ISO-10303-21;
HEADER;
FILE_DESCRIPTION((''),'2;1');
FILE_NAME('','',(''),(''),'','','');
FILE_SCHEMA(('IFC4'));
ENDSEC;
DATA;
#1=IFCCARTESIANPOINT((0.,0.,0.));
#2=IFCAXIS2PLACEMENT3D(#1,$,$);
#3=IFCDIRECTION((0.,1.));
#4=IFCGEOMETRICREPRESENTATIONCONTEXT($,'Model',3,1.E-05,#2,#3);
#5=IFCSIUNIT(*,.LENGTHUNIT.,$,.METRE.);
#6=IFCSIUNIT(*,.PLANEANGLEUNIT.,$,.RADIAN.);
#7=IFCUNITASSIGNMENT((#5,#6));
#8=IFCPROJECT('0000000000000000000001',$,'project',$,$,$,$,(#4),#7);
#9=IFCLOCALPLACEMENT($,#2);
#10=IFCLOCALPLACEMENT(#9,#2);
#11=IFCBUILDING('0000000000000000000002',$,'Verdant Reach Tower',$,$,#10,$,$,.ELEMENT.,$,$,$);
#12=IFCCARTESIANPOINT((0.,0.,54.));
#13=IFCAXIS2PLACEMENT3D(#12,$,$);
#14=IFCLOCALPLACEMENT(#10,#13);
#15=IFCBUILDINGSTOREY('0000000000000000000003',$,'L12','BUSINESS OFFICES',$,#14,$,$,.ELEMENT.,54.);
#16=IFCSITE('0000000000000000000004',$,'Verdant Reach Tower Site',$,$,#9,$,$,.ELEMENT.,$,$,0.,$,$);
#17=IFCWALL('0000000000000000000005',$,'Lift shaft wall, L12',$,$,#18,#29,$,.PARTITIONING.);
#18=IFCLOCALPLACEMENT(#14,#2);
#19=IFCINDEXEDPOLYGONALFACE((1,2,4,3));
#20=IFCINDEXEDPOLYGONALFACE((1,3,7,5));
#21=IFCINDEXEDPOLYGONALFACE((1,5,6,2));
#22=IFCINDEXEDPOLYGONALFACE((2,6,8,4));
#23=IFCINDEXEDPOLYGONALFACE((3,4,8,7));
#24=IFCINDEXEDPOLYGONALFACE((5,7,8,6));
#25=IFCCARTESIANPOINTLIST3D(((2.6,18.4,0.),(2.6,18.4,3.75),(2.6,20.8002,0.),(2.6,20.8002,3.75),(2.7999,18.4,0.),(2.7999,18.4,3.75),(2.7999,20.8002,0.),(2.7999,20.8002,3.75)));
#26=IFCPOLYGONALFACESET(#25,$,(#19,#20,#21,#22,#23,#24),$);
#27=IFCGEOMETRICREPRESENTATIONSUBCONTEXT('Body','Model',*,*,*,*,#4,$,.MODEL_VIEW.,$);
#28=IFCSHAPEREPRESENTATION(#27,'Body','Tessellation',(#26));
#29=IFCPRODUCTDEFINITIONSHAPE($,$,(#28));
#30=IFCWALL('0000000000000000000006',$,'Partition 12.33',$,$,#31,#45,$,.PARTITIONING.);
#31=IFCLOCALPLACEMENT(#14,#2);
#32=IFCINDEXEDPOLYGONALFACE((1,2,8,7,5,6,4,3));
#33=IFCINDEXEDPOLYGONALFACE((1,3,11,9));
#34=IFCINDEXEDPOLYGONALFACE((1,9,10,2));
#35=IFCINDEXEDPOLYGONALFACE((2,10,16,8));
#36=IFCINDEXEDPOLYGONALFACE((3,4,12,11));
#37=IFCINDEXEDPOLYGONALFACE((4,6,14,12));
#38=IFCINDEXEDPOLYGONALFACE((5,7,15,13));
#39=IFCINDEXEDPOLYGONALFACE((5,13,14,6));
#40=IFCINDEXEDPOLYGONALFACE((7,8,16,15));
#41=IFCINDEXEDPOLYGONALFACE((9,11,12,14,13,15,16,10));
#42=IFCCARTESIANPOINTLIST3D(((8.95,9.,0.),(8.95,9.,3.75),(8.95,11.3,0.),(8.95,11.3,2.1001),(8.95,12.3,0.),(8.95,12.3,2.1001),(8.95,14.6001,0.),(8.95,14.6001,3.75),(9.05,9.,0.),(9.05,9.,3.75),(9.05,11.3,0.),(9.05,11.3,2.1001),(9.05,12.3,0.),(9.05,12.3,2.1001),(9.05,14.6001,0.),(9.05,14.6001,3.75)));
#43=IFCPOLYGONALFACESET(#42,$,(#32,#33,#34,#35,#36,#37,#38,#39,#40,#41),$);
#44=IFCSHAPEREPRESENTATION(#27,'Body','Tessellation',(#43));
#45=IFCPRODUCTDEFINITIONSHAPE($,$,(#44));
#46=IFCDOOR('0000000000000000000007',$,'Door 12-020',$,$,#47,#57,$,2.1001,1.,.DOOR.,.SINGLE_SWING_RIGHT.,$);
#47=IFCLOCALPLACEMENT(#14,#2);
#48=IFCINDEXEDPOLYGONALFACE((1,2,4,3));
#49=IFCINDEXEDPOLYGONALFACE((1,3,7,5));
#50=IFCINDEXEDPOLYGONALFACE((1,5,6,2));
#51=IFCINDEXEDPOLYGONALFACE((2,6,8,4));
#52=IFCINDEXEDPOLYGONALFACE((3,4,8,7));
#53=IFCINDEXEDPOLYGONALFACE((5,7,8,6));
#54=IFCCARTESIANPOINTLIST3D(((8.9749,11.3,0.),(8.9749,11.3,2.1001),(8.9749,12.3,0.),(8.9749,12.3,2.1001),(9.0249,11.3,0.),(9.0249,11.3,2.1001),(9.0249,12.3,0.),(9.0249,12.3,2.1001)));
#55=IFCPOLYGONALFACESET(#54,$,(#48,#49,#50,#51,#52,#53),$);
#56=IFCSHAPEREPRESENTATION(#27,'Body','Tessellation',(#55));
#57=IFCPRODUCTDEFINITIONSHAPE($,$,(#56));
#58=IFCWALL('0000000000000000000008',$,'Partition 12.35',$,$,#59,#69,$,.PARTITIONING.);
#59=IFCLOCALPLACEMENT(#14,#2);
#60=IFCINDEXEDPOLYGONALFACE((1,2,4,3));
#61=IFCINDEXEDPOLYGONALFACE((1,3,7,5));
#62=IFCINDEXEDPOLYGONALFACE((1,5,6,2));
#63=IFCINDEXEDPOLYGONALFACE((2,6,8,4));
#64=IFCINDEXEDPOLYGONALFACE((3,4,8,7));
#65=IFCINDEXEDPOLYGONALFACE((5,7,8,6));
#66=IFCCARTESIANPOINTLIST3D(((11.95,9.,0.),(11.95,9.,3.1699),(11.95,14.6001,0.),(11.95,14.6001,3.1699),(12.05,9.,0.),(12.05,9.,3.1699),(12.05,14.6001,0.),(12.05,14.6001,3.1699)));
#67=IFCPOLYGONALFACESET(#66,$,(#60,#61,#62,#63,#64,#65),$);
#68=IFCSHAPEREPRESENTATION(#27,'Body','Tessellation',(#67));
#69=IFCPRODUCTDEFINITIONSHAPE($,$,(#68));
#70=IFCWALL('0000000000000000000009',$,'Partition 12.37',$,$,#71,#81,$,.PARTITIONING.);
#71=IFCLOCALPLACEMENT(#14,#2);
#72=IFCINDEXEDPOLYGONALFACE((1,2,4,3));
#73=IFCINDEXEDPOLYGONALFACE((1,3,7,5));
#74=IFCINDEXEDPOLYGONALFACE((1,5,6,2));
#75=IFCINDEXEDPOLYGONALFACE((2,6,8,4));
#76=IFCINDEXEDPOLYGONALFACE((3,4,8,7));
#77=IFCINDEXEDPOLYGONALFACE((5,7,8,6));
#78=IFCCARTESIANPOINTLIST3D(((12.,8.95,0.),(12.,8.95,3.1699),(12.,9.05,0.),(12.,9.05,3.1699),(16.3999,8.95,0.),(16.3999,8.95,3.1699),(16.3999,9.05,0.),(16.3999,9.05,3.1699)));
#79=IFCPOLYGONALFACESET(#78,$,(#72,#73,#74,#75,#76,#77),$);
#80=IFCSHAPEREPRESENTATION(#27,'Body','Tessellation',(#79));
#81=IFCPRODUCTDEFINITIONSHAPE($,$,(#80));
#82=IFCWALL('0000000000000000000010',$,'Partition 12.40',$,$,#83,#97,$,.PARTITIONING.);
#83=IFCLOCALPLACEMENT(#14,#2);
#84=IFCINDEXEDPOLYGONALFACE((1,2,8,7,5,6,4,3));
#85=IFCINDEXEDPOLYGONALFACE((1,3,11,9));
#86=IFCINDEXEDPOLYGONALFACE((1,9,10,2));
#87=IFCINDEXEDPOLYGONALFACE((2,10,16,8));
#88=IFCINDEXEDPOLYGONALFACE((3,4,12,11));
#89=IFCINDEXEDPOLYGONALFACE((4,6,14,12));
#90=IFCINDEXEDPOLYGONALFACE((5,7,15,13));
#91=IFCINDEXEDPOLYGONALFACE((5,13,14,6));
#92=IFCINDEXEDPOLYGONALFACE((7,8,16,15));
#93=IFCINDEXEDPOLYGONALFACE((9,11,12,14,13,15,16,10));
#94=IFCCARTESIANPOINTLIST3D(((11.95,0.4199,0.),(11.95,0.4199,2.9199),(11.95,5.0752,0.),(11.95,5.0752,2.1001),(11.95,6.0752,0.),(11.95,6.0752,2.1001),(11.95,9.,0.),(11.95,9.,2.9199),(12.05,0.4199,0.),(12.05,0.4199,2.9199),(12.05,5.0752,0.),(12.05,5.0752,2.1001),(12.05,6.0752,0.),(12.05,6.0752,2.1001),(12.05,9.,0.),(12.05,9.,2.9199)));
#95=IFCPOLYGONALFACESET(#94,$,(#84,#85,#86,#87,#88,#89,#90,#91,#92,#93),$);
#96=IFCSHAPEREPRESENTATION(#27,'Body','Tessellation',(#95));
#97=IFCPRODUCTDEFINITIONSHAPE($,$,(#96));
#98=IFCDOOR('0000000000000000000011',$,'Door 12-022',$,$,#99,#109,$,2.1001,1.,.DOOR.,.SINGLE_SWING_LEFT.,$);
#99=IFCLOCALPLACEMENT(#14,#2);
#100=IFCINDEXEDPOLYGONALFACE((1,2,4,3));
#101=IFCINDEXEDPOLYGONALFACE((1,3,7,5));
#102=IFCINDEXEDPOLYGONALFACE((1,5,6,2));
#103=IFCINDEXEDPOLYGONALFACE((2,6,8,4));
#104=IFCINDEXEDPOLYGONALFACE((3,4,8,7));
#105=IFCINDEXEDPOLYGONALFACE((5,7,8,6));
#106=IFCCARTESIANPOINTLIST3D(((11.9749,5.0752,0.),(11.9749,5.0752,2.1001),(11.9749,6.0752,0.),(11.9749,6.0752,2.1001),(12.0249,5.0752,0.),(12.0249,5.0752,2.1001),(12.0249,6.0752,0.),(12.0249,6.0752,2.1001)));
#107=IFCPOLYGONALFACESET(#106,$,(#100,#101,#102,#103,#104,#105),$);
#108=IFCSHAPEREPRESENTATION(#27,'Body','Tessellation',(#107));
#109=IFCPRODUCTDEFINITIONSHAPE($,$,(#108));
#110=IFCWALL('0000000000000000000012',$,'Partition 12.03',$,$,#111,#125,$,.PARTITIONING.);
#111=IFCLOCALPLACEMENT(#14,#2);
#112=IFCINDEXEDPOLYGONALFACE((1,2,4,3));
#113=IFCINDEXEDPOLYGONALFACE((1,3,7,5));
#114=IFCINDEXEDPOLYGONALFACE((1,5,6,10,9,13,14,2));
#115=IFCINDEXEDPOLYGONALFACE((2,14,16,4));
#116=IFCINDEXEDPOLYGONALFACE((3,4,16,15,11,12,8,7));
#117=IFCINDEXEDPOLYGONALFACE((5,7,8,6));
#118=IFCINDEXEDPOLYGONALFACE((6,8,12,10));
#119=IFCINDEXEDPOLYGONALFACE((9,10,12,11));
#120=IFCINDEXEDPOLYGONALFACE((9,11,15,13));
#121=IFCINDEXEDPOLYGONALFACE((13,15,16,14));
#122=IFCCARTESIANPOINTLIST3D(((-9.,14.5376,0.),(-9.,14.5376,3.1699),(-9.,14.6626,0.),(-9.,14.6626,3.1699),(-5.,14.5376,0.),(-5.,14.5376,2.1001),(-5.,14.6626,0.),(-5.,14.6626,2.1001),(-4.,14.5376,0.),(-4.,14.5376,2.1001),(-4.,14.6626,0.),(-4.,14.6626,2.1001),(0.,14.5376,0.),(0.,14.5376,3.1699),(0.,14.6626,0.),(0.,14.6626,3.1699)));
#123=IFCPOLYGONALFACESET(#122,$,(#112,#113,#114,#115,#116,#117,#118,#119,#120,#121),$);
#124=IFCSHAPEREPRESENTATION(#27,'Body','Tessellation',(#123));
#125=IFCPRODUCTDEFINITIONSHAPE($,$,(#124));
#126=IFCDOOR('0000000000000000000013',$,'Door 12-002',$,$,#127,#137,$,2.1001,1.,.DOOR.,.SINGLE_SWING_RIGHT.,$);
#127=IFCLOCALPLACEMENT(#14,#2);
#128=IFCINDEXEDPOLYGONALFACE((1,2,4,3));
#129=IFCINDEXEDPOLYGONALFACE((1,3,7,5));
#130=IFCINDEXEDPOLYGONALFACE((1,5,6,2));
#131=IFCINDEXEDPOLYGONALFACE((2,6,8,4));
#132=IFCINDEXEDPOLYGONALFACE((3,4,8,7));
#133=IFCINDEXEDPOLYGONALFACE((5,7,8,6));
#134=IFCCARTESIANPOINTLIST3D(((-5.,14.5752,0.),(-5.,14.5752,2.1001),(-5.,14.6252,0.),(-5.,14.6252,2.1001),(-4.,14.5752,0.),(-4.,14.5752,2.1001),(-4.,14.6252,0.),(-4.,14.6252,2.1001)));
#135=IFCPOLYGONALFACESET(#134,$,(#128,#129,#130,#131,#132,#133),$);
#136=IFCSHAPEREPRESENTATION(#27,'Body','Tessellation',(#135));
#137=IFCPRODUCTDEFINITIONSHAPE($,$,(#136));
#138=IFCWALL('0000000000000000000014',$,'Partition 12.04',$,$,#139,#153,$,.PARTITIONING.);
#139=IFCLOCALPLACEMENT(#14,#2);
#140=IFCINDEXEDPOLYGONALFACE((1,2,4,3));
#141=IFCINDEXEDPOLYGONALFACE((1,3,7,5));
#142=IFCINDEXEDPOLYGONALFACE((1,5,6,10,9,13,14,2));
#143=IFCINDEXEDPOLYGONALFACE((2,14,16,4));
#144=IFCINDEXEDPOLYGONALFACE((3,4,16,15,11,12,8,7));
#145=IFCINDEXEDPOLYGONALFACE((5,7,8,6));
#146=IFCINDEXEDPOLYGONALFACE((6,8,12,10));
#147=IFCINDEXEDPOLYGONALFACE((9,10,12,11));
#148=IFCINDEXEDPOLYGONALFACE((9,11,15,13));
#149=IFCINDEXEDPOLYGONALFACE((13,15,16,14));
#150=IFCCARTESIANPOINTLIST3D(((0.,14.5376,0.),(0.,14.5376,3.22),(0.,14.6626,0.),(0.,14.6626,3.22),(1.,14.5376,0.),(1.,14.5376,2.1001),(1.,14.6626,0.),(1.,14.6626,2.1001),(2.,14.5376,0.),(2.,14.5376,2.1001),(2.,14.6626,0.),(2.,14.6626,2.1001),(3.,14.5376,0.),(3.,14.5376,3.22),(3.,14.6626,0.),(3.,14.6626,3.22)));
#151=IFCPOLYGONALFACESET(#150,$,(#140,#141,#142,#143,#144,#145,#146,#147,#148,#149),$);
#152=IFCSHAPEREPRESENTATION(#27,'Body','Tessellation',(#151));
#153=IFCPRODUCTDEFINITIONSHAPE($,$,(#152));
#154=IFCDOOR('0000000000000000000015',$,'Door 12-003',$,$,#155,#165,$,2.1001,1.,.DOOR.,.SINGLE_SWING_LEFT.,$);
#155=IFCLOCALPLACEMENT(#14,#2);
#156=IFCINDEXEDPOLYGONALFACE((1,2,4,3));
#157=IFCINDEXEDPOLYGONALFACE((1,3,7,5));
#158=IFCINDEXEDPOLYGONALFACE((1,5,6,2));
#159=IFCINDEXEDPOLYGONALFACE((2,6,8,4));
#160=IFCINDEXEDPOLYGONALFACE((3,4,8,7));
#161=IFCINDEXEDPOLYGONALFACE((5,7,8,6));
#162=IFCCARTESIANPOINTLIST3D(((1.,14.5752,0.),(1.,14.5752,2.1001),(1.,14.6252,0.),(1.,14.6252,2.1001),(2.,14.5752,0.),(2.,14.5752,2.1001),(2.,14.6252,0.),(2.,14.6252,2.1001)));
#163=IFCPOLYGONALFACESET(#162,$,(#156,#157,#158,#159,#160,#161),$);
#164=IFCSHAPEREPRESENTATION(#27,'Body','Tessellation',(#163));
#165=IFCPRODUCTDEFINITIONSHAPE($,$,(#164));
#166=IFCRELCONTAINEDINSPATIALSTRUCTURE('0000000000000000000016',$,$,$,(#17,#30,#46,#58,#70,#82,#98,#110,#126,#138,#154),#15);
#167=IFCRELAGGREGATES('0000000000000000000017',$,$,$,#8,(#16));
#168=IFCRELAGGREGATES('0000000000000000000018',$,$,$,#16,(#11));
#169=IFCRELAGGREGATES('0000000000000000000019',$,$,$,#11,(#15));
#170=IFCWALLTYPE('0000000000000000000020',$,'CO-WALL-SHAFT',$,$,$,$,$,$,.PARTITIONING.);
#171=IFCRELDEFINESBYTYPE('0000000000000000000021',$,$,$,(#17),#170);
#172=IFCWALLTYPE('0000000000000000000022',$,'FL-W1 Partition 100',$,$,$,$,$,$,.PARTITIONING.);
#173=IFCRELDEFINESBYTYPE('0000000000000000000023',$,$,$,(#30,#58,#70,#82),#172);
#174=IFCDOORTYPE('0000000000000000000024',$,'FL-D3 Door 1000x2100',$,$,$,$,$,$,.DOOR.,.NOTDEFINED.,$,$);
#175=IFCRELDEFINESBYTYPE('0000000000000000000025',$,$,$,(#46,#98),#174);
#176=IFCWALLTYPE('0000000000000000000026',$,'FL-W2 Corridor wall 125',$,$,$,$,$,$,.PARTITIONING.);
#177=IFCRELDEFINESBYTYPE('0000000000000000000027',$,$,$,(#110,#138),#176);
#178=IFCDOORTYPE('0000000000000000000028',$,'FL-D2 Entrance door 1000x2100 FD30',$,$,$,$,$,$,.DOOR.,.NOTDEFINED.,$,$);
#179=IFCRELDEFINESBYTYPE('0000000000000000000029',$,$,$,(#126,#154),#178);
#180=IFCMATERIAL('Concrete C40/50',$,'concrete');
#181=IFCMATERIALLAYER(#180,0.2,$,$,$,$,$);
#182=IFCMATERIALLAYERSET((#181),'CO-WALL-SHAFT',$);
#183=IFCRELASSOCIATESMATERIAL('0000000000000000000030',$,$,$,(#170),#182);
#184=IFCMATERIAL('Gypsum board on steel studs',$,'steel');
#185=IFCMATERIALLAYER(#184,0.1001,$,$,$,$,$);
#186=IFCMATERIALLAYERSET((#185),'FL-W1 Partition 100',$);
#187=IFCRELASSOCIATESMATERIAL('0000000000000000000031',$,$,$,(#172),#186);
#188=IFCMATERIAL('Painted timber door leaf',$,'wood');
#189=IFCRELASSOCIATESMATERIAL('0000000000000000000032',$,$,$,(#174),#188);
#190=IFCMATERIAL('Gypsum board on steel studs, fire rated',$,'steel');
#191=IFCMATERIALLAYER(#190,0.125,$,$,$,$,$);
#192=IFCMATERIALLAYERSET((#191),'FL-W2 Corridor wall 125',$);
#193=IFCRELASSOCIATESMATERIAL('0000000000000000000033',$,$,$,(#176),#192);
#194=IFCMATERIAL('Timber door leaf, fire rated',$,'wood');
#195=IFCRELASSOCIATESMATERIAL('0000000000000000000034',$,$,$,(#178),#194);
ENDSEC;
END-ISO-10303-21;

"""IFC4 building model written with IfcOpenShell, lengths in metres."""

from ifc_helpers import new_model, si_unit, direction, frame, frame_2d, origin, place, context, subcontext, project, spatial, rectangle, extrude, material, layer, layer_set, type_object, element, fill, save


model = new_model("IFC4")

# Units and contexts
model_context = context("Model", 3, precision=1e-05, world=origin(), true_north=direction((0.0, 1.0)))
body_context = subcontext(model_context, "Body", "Model", "MODEL_VIEW")
ifc_project = project(units=[si_unit("LENGTHUNIT", "METRE"), si_unit("PLANEANGLEUNIT", "RADIAN")], contexts=[model_context])

# Site, building, storey
site_placement = place(None, origin())
site = spatial("IfcSite", under=ifc_project, at=site_placement, Name="Verdant Reach Tower Site", CompositionType="ELEMENT", RefElevation=0.0)
building_placement = place(site_placement, origin())
building = spatial("IfcBuilding", under=site, at=building_placement, Name="Verdant Reach Tower", CompositionType="ELEMENT")
storey_placement = place(building_placement, frame((0.0, 0.0, 54.0)))
storey = spatial("IfcBuildingStorey", under=building, at=storey_placement, Name="L12", Description="BUSINESS OFFICES", CompositionType="ELEMENT", Elevation=54.0)

# Shared definitions
ifc_material_1 = material(Name="Gypsum board on steel studs", Category="steel")

# Wall
ifc_material_2 = material(Name="Concrete C40/50", Category="concrete")
ifc_layer_1 = layer(ifc_material_2, 0.2)
ifc_layer_set_1 = layer_set([ifc_layer_1], Name="CO-WALL-SHAFT")
wall_type_1 = type_object("IfcWallType", Name="CO-WALL-SHAFT", PredefinedType="PARTITIONING", material=ifc_layer_set_1)
for number, where, z_axis, x_axis, name in (
    (1, (2.7, 18.3999, 0.0), (0.0, 0.0, 1.0), (0.0, 1.0, 0.0), "Lift shaft wall, L12"),
):
    element("IfcWall", number, at=place(storey_placement, frame(where, z_axis=z_axis, x_axis=x_axis)), inside=storey, type_object=wall_type_1, Name=name, PredefinedType="PARTITIONING", context=body_context, shape_type="SweptSolid", body=[
        extrude(rectangle(XDim=2.4001, YDim=0.2, at=frame_2d((1.2002, 0.0))), origin(), (0.0, 0.0, 1.0), 3.75),
    ])

# Wall, opening, door
ifc_layer_2 = layer(ifc_material_1, 0.1001)
ifc_layer_set_2 = layer_set([ifc_layer_2], Name="FL-W1 Partition 100")
wall_type_2 = type_object("IfcWallType", Name="FL-W1 Partition 100", PredefinedType="PARTITIONING", material=ifc_layer_set_2)
wall_1_placement = place(storey_placement, frame((9.0, 14.6001, 0.0), z_axis=(0.0, 0.0, 1.0), x_axis=(0.0, -1.0, 0.0)))
wall_1 = element("IfcWall", 2, at=wall_1_placement, inside=storey, type_object=wall_type_2, Name="Partition 12.33", PredefinedType="PARTITIONING", context=body_context, shape_type="SweptSolid", body=[
    extrude(rectangle(XDim=5.6001, YDim=0.1001, at=frame_2d((2.8, 0.0))), origin(), (0.0, 0.0, 1.0), 3.75),
])
opening_1_placement = place(wall_1_placement, frame((2.3, 0.0, 0.0)))
opening_1 = element("IfcOpeningElement", 3, at=opening_1_placement, cuts=wall_1, PredefinedType="OPENING", context=body_context, shape_type="SweptSolid", body=[
    extrude(rectangle(XDim=1.0, YDim=2.1001, at=frame_2d((0.5, 1.05))), frame((0.0, 0.0601, 0.0), z_axis=(0.0, -1.0, 0.0), x_axis=(1.0, 0.0, 0.0)), (0.0, 0.0, 1.0), 0.1201),
])
ifc_material_3 = material(Name="Painted timber door leaf", Category="wood")
door_type_1 = type_object("IfcDoorType", Name="FL-D3 Door 1000x2100", OperationType="NOTDEFINED", PredefinedType="DOOR", material=ifc_material_3)
door_1_placement = place(opening_1_placement, origin())
door_1 = element("IfcDoor", 4, at=door_1_placement, inside=storey, type_object=door_type_1, Name="Door 12-020", OperationType="SINGLE_SWING_RIGHT", OverallHeight=2.1001, OverallWidth=1.0, PredefinedType="DOOR", context=body_context, shape_type="SweptSolid", body=[
    extrude(rectangle(XDim=1.0, YDim=2.1001, at=frame_2d((0.5, 1.05))), frame((0.0, 0.0249, 0.0), z_axis=(0.0, -1.0, 0.0), x_axis=(1.0, 0.0, 0.0)), (0.0, 0.0, 1.0), 0.05),
])
fill(opening_1, door_1)

# Walls
wall_2_placement = place(storey_placement, frame((12.0, 9.0, 0.0), z_axis=(0.0, 0.0, 1.0), x_axis=(0.0, 1.0, 0.0)))
element("IfcWall", 5, at=wall_2_placement, inside=storey, type_object=wall_type_2, Name="Partition 12.35", PredefinedType="PARTITIONING", context=body_context, shape_type="SweptSolid", body=[
    extrude(rectangle(XDim=5.6001, YDim=0.1001, at=frame_2d((2.8, 0.0))), origin(), (0.0, 0.0, 1.0), 3.1699),
])
wall_3_placement = place(storey_placement, frame((12.0, 9.0, 0.0), z_axis=(0.0, 0.0, 1.0), x_axis=(1.0, 0.0, 0.0)))
element("IfcWall", 6, at=wall_3_placement, inside=storey, type_object=wall_type_2, Name="Partition 12.37", PredefinedType="PARTITIONING", context=body_context, shape_type="SweptSolid", body=[
    extrude(rectangle(XDim=4.3999, YDim=0.1001, at=frame_2d((2.2, 0.0))), origin(), (0.0, 0.0, 1.0), 3.1699),
])

# Walls, openings, doors
wall_4_placement = place(storey_placement, frame((12.0, 9.0, 0.0), z_axis=(0.0, 0.0, 1.0), x_axis=(0.0, -1.0, 0.0)))
wall_4 = element("IfcWall", 7, at=wall_4_placement, inside=storey, type_object=wall_type_2, Name="Partition 12.40", PredefinedType="PARTITIONING", context=body_context, shape_type="SweptSolid", body=[
    extrude(rectangle(XDim=8.5801, YDim=0.1001, at=frame_2d((4.29, 0.0))), origin(), (0.0, 0.0, 1.0), 2.9199),
])
opening_2_placement = place(wall_4_placement, frame((2.9248, 0.0, 0.0)))
opening_2 = element("IfcOpeningElement", 8, at=opening_2_placement, cuts=wall_4, PredefinedType="OPENING", context=body_context, shape_type="SweptSolid", body=[
    extrude(rectangle(XDim=1.0, YDim=2.1001, at=frame_2d((0.5, 1.05))), frame((0.0, 0.0601, 0.0), z_axis=(0.0, -1.0, 0.0), x_axis=(1.0, 0.0, 0.0)), (0.0, 0.0, 1.0), 0.1201),
])
door_2_placement = place(opening_2_placement, origin())
door_2 = element("IfcDoor", 9, at=door_2_placement, inside=storey, type_object=door_type_1, Name="Door 12-022", OperationType="SINGLE_SWING_LEFT", OverallHeight=2.1001, OverallWidth=1.0, PredefinedType="DOOR", context=body_context, shape_type="SweptSolid", body=[
    extrude(rectangle(XDim=1.0, YDim=2.1001, at=frame_2d((0.5, 1.05))), frame((0.0, 0.0249, 0.0), z_axis=(0.0, -1.0, 0.0), x_axis=(1.0, 0.0, 0.0)), (0.0, 0.0, 1.0), 0.05),
])
fill(opening_2, door_2)
ifc_material_4 = material(Name="Gypsum board on steel studs, fire rated", Category="steel")
ifc_layer_3 = layer(ifc_material_4, 0.125)
ifc_layer_set_3 = layer_set([ifc_layer_3], Name="FL-W2 Corridor wall 125")
wall_type_3 = type_object("IfcWallType", Name="FL-W2 Corridor wall 125", PredefinedType="PARTITIONING", material=ifc_layer_set_3)
wall_5_placement = place(storey_placement, frame((0.0, 14.6001, 0.0), z_axis=(0.0, 0.0, 1.0), x_axis=(-1.0, 0.0, 0.0)))
wall_5 = element("IfcWall", 10, at=wall_5_placement, inside=storey, type_object=wall_type_3, Name="Partition 12.03", PredefinedType="PARTITIONING", context=body_context, shape_type="SweptSolid", body=[
    extrude(rectangle(XDim=9.0, YDim=0.125, at=frame_2d((4.5, 0.0))), origin(), (0.0, 0.0, 1.0), 3.1699),
])
opening_3_placement = place(wall_5_placement, frame((4.0, 0.0, 0.0)))
opening_3 = element("IfcOpeningElement", 11, at=opening_3_placement, cuts=wall_5, PredefinedType="OPENING", context=body_context, shape_type="SweptSolid", body=[
    extrude(rectangle(XDim=1.0, YDim=2.1001, at=frame_2d((0.5, 1.05))), frame((0.0, 0.0725, 0.0), z_axis=(0.0, -1.0, 0.0), x_axis=(1.0, 0.0, 0.0)), (0.0, 0.0, 1.0), 0.145),
])
ifc_material_5 = material(Name="Timber door leaf, fire rated", Category="wood")
door_type_2 = type_object("IfcDoorType", Name="FL-D2 Entrance door 1000x2100 FD30", OperationType="NOTDEFINED", PredefinedType="DOOR", material=ifc_material_5)
door_3_placement = place(opening_3_placement, origin())
door_3 = element("IfcDoor", 12, at=door_3_placement, inside=storey, type_object=door_type_2, Name="Door 12-002", OperationType="SINGLE_SWING_RIGHT", OverallHeight=2.1001, OverallWidth=1.0, PredefinedType="DOOR", context=body_context, shape_type="SweptSolid", body=[
    extrude(rectangle(XDim=1.0, YDim=2.1001, at=frame_2d((0.5, 1.05))), frame((0.0, 0.0249, 0.0), z_axis=(0.0, -1.0, 0.0), x_axis=(1.0, 0.0, 0.0)), (0.0, 0.0, 1.0), 0.05),
])
fill(opening_3, door_3)
wall_6_placement = place(storey_placement, frame((3.0, 14.6001, 0.0), z_axis=(0.0, 0.0, 1.0), x_axis=(-1.0, 0.0, 0.0)))
wall_6 = element("IfcWall", 13, at=wall_6_placement, inside=storey, type_object=wall_type_3, Name="Partition 12.04", PredefinedType="PARTITIONING", context=body_context, shape_type="SweptSolid", body=[
    extrude(rectangle(XDim=3.0, YDim=0.125, at=frame_2d((1.5, 0.0))), origin(), (0.0, 0.0, 1.0), 3.22),
])
opening_4_placement = place(wall_6_placement, frame((1.0, 0.0, 0.0)))
opening_4 = element("IfcOpeningElement", 14, at=opening_4_placement, cuts=wall_6, PredefinedType="OPENING", context=body_context, shape_type="SweptSolid", body=[
    extrude(rectangle(XDim=1.0, YDim=2.1001, at=frame_2d((0.5, 1.05))), frame((0.0, 0.0725, 0.0), z_axis=(0.0, -1.0, 0.0), x_axis=(1.0, 0.0, 0.0)), (0.0, 0.0, 1.0), 0.145),
])
door_4_placement = place(opening_4_placement, origin())
door_4 = element("IfcDoor", 15, at=door_4_placement, inside=storey, type_object=door_type_2, Name="Door 12-003", OperationType="SINGLE_SWING_LEFT", OverallHeight=2.1001, OverallWidth=1.0, PredefinedType="DOOR", context=body_context, shape_type="SweptSolid", body=[
    extrude(rectangle(XDim=1.0, YDim=2.1001, at=frame_2d((0.5, 1.05))), frame((0.0, 0.0249, 0.0), z_axis=(0.0, -1.0, 0.0), x_axis=(1.0, 0.0, 0.0)), (0.0, 0.0, 1.0), 0.05),
])
fill(opening_4, door_4)

save(model, "model.ifc")
